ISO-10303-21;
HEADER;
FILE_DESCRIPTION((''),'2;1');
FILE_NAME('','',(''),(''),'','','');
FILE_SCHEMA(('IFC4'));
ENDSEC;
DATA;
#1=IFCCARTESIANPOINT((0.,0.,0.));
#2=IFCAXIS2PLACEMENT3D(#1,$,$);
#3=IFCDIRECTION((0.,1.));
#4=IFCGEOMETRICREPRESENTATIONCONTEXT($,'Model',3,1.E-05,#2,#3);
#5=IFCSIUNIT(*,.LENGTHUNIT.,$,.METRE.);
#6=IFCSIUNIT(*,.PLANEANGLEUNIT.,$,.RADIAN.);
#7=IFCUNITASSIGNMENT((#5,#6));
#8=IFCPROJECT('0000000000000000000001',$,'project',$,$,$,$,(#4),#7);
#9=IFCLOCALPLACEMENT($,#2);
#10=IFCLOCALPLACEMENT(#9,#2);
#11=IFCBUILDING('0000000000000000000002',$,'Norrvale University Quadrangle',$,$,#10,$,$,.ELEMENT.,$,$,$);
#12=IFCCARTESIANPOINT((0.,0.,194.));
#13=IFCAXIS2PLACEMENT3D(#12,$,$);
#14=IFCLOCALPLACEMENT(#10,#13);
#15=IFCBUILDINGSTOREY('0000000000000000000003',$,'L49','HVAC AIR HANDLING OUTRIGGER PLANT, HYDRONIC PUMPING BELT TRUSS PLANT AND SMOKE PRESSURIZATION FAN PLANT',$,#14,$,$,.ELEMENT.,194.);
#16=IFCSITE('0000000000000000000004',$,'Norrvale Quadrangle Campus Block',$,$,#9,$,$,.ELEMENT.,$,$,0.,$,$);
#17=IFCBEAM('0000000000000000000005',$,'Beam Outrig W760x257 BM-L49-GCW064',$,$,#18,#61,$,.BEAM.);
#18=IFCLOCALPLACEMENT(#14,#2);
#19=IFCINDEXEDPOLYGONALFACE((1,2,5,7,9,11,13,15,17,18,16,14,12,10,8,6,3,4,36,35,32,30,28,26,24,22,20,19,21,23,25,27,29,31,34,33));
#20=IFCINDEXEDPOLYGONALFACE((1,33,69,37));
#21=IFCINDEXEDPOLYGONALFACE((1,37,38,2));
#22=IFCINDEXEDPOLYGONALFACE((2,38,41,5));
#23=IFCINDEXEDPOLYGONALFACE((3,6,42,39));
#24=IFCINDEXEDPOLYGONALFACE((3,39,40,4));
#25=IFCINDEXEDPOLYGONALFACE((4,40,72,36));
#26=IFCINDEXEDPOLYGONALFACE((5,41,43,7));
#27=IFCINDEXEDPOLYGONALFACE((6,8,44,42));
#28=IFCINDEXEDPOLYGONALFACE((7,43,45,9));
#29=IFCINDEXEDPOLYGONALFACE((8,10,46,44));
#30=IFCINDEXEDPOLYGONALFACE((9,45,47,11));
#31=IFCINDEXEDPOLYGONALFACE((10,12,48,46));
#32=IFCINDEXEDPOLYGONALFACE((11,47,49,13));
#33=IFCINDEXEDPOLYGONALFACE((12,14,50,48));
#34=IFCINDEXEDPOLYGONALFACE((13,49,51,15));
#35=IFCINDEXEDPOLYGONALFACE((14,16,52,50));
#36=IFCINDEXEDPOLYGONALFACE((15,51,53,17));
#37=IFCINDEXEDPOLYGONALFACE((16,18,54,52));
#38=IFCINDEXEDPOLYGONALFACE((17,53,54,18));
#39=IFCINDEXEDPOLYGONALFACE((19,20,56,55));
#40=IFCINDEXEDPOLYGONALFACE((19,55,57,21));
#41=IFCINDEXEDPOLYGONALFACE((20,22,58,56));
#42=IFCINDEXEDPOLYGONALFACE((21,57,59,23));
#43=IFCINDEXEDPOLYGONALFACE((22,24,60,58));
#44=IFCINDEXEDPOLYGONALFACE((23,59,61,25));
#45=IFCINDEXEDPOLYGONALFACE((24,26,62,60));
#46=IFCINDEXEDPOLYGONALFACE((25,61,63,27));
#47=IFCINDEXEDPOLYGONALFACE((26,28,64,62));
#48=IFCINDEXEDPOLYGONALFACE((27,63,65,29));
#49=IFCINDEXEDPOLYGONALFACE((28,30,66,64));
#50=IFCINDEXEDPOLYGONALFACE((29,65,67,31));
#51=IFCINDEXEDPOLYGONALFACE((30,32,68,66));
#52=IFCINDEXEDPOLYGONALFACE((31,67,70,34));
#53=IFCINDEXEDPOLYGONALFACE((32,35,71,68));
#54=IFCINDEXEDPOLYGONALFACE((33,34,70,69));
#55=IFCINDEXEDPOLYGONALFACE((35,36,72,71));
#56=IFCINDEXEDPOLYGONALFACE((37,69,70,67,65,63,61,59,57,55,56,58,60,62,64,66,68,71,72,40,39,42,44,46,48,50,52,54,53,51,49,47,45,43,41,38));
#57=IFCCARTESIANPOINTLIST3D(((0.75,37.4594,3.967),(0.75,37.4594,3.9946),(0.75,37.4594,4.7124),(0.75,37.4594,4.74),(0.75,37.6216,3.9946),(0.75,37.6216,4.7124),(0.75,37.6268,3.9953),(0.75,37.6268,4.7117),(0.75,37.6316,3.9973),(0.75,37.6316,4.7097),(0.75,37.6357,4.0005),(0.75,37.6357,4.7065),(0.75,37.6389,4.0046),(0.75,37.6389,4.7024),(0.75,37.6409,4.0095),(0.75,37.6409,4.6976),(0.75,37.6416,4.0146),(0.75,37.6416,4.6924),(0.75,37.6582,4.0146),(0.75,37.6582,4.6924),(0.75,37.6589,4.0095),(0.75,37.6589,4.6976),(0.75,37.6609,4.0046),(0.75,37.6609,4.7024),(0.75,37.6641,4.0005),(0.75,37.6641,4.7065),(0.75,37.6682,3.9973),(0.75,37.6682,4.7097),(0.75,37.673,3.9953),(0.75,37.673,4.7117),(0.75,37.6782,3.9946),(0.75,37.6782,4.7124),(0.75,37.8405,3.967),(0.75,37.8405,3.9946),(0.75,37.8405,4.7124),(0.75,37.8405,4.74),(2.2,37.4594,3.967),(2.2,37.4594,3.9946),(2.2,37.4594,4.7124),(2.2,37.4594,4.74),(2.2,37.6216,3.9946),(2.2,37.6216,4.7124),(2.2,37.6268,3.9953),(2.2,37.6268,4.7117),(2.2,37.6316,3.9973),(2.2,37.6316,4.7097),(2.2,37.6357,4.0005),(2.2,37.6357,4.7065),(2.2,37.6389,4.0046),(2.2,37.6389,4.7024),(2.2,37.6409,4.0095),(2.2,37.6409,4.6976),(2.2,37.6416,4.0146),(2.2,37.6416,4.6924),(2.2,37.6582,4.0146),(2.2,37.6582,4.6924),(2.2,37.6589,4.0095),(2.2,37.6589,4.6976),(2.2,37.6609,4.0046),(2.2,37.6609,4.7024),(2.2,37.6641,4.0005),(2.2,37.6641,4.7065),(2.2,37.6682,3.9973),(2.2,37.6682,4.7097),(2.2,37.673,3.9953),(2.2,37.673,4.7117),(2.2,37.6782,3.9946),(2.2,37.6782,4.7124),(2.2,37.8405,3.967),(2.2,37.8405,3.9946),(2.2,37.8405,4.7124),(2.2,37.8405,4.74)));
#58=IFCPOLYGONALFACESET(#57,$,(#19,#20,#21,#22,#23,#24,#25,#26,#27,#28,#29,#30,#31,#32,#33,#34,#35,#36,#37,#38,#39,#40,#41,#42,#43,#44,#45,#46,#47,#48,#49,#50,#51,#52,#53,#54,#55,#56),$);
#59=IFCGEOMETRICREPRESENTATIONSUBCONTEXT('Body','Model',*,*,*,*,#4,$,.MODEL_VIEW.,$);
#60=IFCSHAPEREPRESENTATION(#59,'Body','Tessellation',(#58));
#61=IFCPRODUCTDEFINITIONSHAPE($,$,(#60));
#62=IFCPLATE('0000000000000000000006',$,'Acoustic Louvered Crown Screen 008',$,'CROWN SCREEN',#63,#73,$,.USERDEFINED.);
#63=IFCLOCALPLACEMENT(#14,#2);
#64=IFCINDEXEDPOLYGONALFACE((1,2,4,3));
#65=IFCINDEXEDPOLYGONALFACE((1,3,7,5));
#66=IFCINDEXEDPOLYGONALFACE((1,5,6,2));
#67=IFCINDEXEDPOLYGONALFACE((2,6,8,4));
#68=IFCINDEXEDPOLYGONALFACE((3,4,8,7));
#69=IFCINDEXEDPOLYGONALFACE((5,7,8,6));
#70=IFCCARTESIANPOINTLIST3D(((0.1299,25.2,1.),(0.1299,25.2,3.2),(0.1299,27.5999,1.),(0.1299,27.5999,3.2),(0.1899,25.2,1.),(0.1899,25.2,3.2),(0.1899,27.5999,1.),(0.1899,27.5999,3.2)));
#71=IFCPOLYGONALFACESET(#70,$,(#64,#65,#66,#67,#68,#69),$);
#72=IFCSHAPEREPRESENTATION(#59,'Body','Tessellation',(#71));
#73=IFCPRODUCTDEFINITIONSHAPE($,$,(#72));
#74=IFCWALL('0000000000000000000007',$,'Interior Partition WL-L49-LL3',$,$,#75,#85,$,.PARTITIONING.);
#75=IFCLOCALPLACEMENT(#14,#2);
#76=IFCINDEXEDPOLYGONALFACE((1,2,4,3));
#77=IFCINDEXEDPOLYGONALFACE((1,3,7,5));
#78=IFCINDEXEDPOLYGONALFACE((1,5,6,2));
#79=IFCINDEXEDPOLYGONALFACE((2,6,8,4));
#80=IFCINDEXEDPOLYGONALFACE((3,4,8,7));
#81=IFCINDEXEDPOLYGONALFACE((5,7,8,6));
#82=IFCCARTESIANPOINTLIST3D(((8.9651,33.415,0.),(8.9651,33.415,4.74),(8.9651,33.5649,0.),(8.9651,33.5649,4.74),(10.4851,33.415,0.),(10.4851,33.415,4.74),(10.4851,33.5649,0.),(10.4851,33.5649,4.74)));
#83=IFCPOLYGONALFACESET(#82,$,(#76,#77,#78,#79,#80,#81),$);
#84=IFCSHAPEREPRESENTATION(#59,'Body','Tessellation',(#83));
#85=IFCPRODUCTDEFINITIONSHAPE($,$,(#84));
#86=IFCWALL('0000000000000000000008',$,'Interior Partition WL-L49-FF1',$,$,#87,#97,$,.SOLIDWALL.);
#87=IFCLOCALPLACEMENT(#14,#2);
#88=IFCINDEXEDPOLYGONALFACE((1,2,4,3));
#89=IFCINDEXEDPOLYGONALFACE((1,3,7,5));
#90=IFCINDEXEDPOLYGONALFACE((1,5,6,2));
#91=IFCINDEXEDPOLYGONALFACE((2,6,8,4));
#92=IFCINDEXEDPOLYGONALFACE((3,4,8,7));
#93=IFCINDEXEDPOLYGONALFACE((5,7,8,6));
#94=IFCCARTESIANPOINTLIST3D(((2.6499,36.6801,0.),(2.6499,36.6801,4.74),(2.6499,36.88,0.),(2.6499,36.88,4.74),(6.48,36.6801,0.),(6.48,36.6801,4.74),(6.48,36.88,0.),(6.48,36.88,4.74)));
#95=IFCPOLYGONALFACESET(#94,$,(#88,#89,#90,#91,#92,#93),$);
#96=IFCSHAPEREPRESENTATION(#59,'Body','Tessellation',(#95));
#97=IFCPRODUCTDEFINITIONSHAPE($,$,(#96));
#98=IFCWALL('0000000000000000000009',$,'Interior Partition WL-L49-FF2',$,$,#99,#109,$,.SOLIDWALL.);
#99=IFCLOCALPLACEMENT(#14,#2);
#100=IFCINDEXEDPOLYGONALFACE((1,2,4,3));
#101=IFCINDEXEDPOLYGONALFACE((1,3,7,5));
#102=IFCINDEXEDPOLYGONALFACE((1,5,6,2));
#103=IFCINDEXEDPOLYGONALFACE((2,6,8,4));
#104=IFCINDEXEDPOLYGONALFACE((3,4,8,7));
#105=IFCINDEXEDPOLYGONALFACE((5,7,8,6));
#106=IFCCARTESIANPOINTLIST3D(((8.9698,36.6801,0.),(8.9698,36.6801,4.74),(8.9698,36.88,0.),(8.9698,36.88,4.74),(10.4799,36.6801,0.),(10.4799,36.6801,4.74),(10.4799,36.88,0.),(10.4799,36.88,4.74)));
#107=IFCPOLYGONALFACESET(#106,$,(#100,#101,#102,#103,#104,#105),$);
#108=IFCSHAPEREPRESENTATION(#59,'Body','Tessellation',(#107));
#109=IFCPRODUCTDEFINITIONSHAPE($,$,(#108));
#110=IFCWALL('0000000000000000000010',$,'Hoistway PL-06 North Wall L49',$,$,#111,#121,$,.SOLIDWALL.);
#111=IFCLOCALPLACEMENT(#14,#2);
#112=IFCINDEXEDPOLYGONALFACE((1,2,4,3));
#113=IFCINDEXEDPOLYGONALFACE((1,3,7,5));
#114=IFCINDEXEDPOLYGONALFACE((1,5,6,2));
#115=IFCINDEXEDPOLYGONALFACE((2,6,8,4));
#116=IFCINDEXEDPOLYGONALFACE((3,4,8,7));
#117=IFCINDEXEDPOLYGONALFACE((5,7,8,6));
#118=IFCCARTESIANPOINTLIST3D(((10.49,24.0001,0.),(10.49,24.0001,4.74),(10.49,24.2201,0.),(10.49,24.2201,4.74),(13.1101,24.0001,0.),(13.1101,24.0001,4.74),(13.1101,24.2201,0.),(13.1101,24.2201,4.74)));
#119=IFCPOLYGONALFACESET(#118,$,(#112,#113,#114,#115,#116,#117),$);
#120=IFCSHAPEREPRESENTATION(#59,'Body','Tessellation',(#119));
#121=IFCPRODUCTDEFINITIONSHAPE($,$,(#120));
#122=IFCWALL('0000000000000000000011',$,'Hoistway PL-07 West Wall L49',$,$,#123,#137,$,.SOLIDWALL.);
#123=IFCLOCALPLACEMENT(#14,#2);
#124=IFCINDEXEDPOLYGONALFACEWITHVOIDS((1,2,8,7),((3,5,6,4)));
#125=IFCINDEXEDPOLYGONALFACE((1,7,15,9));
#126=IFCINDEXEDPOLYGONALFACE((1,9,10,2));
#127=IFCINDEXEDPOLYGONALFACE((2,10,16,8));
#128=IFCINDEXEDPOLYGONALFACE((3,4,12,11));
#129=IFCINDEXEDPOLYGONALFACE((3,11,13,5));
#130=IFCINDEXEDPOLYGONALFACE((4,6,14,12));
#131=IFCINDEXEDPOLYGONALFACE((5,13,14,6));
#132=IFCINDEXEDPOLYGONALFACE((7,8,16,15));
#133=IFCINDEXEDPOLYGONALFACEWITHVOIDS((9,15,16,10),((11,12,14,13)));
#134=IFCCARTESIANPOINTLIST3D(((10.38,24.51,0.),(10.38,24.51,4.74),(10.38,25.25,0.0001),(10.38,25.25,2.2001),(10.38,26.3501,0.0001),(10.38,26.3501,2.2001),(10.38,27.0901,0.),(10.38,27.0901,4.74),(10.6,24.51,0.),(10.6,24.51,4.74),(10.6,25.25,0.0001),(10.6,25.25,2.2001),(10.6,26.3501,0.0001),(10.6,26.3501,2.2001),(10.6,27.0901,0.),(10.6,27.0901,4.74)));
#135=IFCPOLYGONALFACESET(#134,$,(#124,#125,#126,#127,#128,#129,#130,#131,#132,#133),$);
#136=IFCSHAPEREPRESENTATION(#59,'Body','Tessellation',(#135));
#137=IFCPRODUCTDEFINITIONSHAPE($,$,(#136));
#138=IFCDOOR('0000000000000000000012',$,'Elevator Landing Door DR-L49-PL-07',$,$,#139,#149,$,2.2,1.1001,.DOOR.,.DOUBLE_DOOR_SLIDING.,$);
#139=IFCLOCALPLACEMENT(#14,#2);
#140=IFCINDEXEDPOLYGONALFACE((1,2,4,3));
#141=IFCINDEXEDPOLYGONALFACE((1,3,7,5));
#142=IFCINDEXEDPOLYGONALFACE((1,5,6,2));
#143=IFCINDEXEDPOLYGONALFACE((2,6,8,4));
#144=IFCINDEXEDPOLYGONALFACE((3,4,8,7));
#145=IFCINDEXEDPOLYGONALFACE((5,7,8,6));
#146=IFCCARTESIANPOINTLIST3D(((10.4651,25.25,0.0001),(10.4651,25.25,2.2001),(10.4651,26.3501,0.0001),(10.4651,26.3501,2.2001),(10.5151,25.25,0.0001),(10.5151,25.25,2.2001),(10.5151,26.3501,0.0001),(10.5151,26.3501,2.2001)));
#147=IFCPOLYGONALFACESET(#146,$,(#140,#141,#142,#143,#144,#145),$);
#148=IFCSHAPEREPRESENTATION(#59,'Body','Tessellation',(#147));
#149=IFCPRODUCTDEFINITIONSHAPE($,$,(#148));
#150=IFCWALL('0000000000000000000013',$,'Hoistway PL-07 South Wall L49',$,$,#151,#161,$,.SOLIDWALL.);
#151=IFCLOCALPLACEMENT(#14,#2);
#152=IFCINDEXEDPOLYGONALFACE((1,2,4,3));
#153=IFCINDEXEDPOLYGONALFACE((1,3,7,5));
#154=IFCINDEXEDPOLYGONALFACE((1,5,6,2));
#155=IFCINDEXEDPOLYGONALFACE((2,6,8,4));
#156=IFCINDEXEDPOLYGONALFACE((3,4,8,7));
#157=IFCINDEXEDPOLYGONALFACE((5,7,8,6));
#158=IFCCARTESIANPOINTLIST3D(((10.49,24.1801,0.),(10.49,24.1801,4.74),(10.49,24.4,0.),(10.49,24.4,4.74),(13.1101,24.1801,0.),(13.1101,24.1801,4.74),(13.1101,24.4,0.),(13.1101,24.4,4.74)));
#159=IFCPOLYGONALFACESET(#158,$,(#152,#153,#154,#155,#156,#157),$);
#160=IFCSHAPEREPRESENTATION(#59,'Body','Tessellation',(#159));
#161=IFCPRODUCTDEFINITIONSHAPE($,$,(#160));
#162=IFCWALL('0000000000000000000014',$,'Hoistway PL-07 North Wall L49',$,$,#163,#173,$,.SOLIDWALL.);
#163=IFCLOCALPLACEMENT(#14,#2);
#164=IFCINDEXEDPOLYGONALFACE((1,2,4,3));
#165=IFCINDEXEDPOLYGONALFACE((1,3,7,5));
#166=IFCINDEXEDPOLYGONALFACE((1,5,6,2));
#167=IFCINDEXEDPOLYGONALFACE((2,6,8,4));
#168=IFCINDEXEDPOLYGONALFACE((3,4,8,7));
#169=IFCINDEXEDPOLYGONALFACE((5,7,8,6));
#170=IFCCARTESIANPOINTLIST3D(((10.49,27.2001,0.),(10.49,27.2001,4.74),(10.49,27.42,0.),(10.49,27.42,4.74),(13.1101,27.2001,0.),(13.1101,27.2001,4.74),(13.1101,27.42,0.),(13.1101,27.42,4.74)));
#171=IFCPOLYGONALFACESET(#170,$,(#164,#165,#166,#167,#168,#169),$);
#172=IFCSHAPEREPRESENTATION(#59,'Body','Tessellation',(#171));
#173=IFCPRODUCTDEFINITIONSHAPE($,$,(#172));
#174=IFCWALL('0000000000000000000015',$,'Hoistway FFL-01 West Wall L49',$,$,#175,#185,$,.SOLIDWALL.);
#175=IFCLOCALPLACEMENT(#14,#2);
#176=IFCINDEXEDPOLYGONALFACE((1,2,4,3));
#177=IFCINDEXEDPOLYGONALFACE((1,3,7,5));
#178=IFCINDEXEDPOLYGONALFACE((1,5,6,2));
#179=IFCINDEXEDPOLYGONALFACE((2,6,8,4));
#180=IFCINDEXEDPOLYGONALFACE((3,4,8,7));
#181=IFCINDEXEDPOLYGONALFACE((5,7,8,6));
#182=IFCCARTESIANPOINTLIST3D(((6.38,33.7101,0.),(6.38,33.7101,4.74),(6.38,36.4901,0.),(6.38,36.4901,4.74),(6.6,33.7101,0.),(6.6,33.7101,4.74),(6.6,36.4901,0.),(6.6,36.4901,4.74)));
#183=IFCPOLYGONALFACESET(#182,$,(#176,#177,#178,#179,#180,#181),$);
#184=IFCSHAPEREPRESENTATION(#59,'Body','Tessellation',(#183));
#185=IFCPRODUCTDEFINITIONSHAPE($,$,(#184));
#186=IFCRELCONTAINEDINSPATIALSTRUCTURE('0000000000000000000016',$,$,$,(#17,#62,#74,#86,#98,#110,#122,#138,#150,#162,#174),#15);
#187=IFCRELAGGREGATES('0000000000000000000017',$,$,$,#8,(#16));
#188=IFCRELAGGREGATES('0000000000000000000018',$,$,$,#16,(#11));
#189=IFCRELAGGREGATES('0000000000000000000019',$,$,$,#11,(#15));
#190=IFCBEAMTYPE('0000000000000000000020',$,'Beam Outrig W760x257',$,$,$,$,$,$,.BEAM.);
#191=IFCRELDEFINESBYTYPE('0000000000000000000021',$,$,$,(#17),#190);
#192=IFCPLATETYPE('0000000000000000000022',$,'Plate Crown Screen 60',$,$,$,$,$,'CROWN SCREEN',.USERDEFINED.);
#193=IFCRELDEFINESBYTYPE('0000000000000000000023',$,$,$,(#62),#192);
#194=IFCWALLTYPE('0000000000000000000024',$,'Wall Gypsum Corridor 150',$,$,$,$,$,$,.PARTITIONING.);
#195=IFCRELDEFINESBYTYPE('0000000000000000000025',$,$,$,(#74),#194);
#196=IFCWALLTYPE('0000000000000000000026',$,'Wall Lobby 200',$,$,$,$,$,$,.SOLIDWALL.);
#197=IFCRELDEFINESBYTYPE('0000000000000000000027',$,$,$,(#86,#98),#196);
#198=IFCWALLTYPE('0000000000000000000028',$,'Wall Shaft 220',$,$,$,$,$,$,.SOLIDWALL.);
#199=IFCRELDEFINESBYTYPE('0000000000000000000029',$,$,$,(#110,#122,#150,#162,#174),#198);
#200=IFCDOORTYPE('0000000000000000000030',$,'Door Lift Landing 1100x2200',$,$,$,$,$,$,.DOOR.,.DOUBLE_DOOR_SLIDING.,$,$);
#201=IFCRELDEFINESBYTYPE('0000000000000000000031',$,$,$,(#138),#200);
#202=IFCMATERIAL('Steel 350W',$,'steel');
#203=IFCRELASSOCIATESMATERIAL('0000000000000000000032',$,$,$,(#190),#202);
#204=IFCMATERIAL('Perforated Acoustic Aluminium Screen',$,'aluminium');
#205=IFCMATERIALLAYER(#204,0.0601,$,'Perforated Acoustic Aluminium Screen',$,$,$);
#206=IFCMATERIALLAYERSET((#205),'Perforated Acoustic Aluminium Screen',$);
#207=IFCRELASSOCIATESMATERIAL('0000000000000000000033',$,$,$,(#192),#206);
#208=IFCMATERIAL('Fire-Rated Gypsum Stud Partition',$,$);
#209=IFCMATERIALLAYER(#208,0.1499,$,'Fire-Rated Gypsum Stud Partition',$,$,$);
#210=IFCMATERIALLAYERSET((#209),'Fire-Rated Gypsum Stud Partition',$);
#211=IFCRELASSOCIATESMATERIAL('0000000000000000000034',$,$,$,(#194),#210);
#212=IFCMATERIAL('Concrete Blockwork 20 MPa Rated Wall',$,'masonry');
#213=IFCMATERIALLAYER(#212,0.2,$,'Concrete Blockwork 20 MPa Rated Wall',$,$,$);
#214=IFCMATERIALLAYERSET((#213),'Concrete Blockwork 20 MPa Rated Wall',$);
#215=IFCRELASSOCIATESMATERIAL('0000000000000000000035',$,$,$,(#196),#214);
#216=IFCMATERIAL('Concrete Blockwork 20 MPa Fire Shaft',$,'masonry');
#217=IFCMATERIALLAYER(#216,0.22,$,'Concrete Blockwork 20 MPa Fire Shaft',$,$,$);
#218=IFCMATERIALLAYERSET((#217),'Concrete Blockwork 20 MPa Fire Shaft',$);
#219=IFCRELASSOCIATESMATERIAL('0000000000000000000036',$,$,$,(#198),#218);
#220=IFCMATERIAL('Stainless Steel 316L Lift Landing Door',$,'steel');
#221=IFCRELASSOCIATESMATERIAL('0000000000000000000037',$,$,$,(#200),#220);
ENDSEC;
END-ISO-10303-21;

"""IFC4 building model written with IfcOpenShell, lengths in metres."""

from ifc_helpers import new_model, si_unit, direction, frame, frame_2d, origin, origin_2d, place, context, subcontext, project, spatial, rectangle, i_section, extrude, material, layer, layer_set, material_profile, profile_set, type_object, element, fill, save


model = new_model("IFC4")

# Units and contexts
model_context = context("Model", 3, precision=1e-05, world=origin(), true_north=direction((0.0, 1.0)))
body_context = subcontext(model_context, "Body", "Model", "MODEL_VIEW")
ifc_project = project(units=[si_unit("LENGTHUNIT", "METRE"), si_unit("PLANEANGLEUNIT", "RADIAN")], contexts=[model_context])

# Site, building, storey
site_placement = place(None, origin())
site = spatial("IfcSite", under=ifc_project, at=site_placement, Name="Norrvale Quadrangle Campus Block", CompositionType="ELEMENT", RefElevation=0.0)
building_placement = place(site_placement, origin())
building = spatial("IfcBuilding", under=site, at=building_placement, Name="Norrvale University Quadrangle", CompositionType="ELEMENT")
storey_placement = place(building_placement, frame((0.0, 0.0, 194.0)))
storey = spatial("IfcBuildingStorey", under=building, at=storey_placement, Name="L49", Description="HVAC AIR HANDLING OUTRIGGER PLANT, HYDRONIC PUMPING BELT TRUSS PLANT AND SMOKE PRESSURIZATION FAN PLANT", CompositionType="ELEMENT", Elevation=194.0)

# Beam
ifc_material_1 = material(Name="Steel 350W", Category="steel")
ifc_material_profile_1 = material_profile(ifc_material_1, i_section(OverallWidth=0.3811, OverallDepth=0.7729, WebThickness=0.0166, FlangeThickness=0.0276, FilletRadius=0.02, at=origin_2d()), Name="Steel 350W")
ifc_profile_set_1 = profile_set([ifc_material_profile_1], Name="Steel 350W")
beam_type = type_object("IfcBeamType", Name="Beam Outrig W760x257", PredefinedType="BEAM", material=ifc_profile_set_1)
for number, where, z_axis, x_axis, name in (
    (1, (0.75, 37.6499, 4.3535), (1.0, 0.0, 0.0), (0.0, 1.0, 0.0), "Beam Outrig W760x257 BM-L49-GCW064"),
):
    element("IfcBeam", number, at=place(storey_placement, frame(where, z_axis=z_axis, x_axis=x_axis)), inside=storey, type_object=beam_type, Name=name, PredefinedType="BEAM", context=body_context, shape_type="SweptSolid", body=[
        extrude(i_section(OverallWidth=0.3811, OverallDepth=0.7729, WebThickness=0.0166, FlangeThickness=0.0276, FilletRadius=0.02, at=origin_2d()), origin(), (0.0, 0.0, 1.0), 1.45),
    ])

# Plate
ifc_material_2 = material(Name="Perforated Acoustic Aluminium Screen", Category="aluminium")
ifc_layer_1 = layer(ifc_material_2, 0.0601, Name="Perforated Acoustic Aluminium Screen")
ifc_layer_set_1 = layer_set([ifc_layer_1], Name="Perforated Acoustic Aluminium Screen")
plate_type = type_object("IfcPlateType", Name="Plate Crown Screen 60", ElementType="CROWN SCREEN", PredefinedType="USERDEFINED", material=ifc_layer_set_1)
plate_placement = place(storey_placement, frame((0.1599, 26.3999, 1.0), z_axis=(0.0, 0.0, 1.0), x_axis=(0.0, -1.0, 0.0)))
element("IfcPlate", 2, at=plate_placement, inside=storey, type_object=plate_type, Name="Acoustic Louvered Crown Screen 008", ObjectType="CROWN SCREEN", PredefinedType="USERDEFINED", context=body_context, shape_type="SweptSolid", body=[
    extrude(rectangle(XDim=2.3999, YDim=0.0601, at=origin_2d()), origin(), (0.0, 0.0, 1.0), 2.2),
])

# Walls
ifc_material_3 = material(Name="Fire-Rated Gypsum Stud Partition")
ifc_layer_2 = layer(ifc_material_3, 0.1499, Name="Fire-Rated Gypsum Stud Partition")
ifc_layer_set_2 = layer_set([ifc_layer_2], Name="Fire-Rated Gypsum Stud Partition")
wall_type_1 = type_object("IfcWallType", Name="Wall Gypsum Corridor 150", PredefinedType="PARTITIONING", material=ifc_layer_set_2)
wall_1_placement = place(storey_placement, frame((8.9651, 33.49, 0.0), z_axis=(0.0, 0.0, 1.0), x_axis=(1.0, 0.0, 0.0)))
element("IfcWall", 3, at=wall_1_placement, inside=storey, type_object=wall_type_1, Name="Interior Partition WL-L49-LL3", PredefinedType="PARTITIONING", context=body_context, shape_type="SweptSolid", body=[
    extrude(rectangle(XDim=1.52, YDim=0.1499, at=frame_2d((0.76, 0.0))), origin(), (0.0, 0.0, 1.0), 4.74),
])
ifc_material_4 = material(Name="Concrete Blockwork 20 MPa Rated Wall", Category="masonry")
ifc_layer_3 = layer(ifc_material_4, 0.2, Name="Concrete Blockwork 20 MPa Rated Wall")
ifc_layer_set_3 = layer_set([ifc_layer_3], Name="Concrete Blockwork 20 MPa Rated Wall")
wall_type_2 = type_object("IfcWallType", Name="Wall Lobby 200", PredefinedType="SOLIDWALL", material=ifc_layer_set_3)
wall_2_placement = place(storey_placement, frame((2.6499, 36.78, 0.0), z_axis=(0.0, 0.0, 1.0), x_axis=(1.0, 0.0, 0.0)))
element("IfcWall", 4, at=wall_2_placement, inside=storey, type_object=wall_type_2, Name="Interior Partition WL-L49-FF1", PredefinedType="SOLIDWALL", context=body_context, shape_type="SweptSolid", body=[
    extrude(rectangle(XDim=3.8301, YDim=0.2, at=frame_2d((1.915, 0.0))), origin(), (0.0, 0.0, 1.0), 4.74),
])
wall_3_placement = place(storey_placement, frame((8.97, 36.78, 0.0), z_axis=(0.0, 0.0, 1.0), x_axis=(1.0, 0.0, 0.0)))
element("IfcWall", 5, at=wall_3_placement, inside=storey, type_object=wall_type_2, Name="Interior Partition WL-L49-FF2", PredefinedType="SOLIDWALL", context=body_context, shape_type="SweptSolid", body=[
    extrude(rectangle(XDim=1.51, YDim=0.2, at=frame_2d((0.7549, 0.0))), origin(), (0.0, 0.0, 1.0), 4.74),
])
ifc_material_5 = material(Name="Concrete Blockwork 20 MPa Fire Shaft", Category="masonry")
ifc_layer_4 = layer(ifc_material_5, 0.22, Name="Concrete Blockwork 20 MPa Fire Shaft")
ifc_layer_set_4 = layer_set([ifc_layer_4], Name="Concrete Blockwork 20 MPa Fire Shaft")
wall_type_3 = type_object("IfcWallType", Name="Wall Shaft 220", PredefinedType="SOLIDWALL", material=ifc_layer_set_4)
wall_4_placement = place(storey_placement, frame((10.49, 24.1101, 0.0), z_axis=(0.0, 0.0, 1.0), x_axis=(1.0, 0.0, 0.0)))
element("IfcWall", 6, at=wall_4_placement, inside=storey, type_object=wall_type_3, Name="Hoistway PL-06 North Wall L49", PredefinedType="SOLIDWALL", context=body_context, shape_type="SweptSolid", body=[
    extrude(rectangle(XDim=2.6201, YDim=0.22, at=frame_2d((1.3101, 0.0))), origin(), (0.0, 0.0, 1.0), 4.74),
])

# Wall, opening, door
wall_5_placement = place(storey_placement, frame((10.49, 24.51, 0.0), z_axis=(0.0, 0.0, 1.0), x_axis=(0.0, 1.0, 0.0)))
wall_5 = element("IfcWall", 7, at=wall_5_placement, inside=storey, type_object=wall_type_3, Name="Hoistway PL-07 West Wall L49", PredefinedType="SOLIDWALL", context=body_context, shape_type="SweptSolid", body=[
    extrude(rectangle(XDim=2.5801, YDim=0.22, at=frame_2d((1.29, 0.0))), origin(), (0.0, 0.0, 1.0), 4.74),
])
opening_1_placement = place(wall_5_placement, frame((0.74, 0.0, 0.0)))
opening_1 = element("IfcOpeningElement", 8, at=opening_1_placement, cuts=wall_5, PredefinedType="OPENING", context=body_context, shape_type="SweptSolid", body=[
    extrude(rectangle(XDim=1.1001, YDim=2.2, at=frame_2d((0.55, 1.1001))), frame((0.0, 0.1221, 0.0), z_axis=(0.0, -1.0, 0.0), x_axis=(1.0, 0.0, 0.0)), (0.0, 0.0, 1.0), 0.2439),
])
ifc_material_6 = material(Name="Stainless Steel 316L Lift Landing Door", Category="steel")
door_type_1 = type_object("IfcDoorType", Name="Door Lift Landing 1100x2200", OperationType="DOUBLE_DOOR_SLIDING", PredefinedType="DOOR", material=ifc_material_6)
door_1_placement = place(opening_1_placement, origin())
door_1 = element("IfcDoor", 9, at=door_1_placement, inside=storey, type_object=door_type_1, Name="Elevator Landing Door DR-L49-PL-07", OperationType="DOUBLE_DOOR_SLIDING", OverallHeight=2.2, OverallWidth=1.1001, PredefinedType="DOOR", context=body_context, shape_type="SweptSolid", body=[
    extrude(rectangle(XDim=1.1001, YDim=2.2, at=frame_2d((0.55, 1.1001))), frame((0.0, 0.0249, 0.0), z_axis=(0.0, -1.0, 0.0), x_axis=(1.0, 0.0, 0.0)), (0.0, 0.0, 1.0), 0.05),
])
fill(opening_1, door_1)

# Walls
for number, where, z_axis, x_axis, name in (
    (10, (10.49, 24.29, 0.0), (0.0, 0.0, 1.0), (1.0, 0.0, 0.0), "Hoistway PL-07 South Wall L49"),
    (11, (10.49, 27.3101, 0.0), (0.0, 0.0, 1.0), (1.0, 0.0, 0.0), "Hoistway PL-07 North Wall L49"),
):
    element("IfcWall", number, at=place(storey_placement, frame(where, z_axis=z_axis, x_axis=x_axis)), inside=storey, type_object=wall_type_3, Name=name, PredefinedType="SOLIDWALL", context=body_context, shape_type="SweptSolid", body=[
        extrude(rectangle(XDim=2.6201, YDim=0.22, at=frame_2d((1.3101, 0.0))), origin(), (0.0, 0.0, 1.0), 4.74),
    ])
for number, where, z_axis, x_axis, name in (
    (12, (6.49, 33.71, 0.0), (0.0, 0.0, 1.0), (0.0, 1.0, 0.0), "Hoistway FFL-01 West Wall L49"),
):
    element("IfcWall", number, at=place(storey_placement, frame(where, z_axis=z_axis, x_axis=x_axis)), inside=storey, type_object=wall_type_3, Name=name, PredefinedType="SOLIDWALL", context=body_context, shape_type="SweptSolid", body=[
        extrude(rectangle(XDim=2.78, YDim=0.22, at=frame_2d((1.3901, 0.0))), origin(), (0.0, 0.0, 1.0), 4.74),
    ])

save(model, "model.ifc")
